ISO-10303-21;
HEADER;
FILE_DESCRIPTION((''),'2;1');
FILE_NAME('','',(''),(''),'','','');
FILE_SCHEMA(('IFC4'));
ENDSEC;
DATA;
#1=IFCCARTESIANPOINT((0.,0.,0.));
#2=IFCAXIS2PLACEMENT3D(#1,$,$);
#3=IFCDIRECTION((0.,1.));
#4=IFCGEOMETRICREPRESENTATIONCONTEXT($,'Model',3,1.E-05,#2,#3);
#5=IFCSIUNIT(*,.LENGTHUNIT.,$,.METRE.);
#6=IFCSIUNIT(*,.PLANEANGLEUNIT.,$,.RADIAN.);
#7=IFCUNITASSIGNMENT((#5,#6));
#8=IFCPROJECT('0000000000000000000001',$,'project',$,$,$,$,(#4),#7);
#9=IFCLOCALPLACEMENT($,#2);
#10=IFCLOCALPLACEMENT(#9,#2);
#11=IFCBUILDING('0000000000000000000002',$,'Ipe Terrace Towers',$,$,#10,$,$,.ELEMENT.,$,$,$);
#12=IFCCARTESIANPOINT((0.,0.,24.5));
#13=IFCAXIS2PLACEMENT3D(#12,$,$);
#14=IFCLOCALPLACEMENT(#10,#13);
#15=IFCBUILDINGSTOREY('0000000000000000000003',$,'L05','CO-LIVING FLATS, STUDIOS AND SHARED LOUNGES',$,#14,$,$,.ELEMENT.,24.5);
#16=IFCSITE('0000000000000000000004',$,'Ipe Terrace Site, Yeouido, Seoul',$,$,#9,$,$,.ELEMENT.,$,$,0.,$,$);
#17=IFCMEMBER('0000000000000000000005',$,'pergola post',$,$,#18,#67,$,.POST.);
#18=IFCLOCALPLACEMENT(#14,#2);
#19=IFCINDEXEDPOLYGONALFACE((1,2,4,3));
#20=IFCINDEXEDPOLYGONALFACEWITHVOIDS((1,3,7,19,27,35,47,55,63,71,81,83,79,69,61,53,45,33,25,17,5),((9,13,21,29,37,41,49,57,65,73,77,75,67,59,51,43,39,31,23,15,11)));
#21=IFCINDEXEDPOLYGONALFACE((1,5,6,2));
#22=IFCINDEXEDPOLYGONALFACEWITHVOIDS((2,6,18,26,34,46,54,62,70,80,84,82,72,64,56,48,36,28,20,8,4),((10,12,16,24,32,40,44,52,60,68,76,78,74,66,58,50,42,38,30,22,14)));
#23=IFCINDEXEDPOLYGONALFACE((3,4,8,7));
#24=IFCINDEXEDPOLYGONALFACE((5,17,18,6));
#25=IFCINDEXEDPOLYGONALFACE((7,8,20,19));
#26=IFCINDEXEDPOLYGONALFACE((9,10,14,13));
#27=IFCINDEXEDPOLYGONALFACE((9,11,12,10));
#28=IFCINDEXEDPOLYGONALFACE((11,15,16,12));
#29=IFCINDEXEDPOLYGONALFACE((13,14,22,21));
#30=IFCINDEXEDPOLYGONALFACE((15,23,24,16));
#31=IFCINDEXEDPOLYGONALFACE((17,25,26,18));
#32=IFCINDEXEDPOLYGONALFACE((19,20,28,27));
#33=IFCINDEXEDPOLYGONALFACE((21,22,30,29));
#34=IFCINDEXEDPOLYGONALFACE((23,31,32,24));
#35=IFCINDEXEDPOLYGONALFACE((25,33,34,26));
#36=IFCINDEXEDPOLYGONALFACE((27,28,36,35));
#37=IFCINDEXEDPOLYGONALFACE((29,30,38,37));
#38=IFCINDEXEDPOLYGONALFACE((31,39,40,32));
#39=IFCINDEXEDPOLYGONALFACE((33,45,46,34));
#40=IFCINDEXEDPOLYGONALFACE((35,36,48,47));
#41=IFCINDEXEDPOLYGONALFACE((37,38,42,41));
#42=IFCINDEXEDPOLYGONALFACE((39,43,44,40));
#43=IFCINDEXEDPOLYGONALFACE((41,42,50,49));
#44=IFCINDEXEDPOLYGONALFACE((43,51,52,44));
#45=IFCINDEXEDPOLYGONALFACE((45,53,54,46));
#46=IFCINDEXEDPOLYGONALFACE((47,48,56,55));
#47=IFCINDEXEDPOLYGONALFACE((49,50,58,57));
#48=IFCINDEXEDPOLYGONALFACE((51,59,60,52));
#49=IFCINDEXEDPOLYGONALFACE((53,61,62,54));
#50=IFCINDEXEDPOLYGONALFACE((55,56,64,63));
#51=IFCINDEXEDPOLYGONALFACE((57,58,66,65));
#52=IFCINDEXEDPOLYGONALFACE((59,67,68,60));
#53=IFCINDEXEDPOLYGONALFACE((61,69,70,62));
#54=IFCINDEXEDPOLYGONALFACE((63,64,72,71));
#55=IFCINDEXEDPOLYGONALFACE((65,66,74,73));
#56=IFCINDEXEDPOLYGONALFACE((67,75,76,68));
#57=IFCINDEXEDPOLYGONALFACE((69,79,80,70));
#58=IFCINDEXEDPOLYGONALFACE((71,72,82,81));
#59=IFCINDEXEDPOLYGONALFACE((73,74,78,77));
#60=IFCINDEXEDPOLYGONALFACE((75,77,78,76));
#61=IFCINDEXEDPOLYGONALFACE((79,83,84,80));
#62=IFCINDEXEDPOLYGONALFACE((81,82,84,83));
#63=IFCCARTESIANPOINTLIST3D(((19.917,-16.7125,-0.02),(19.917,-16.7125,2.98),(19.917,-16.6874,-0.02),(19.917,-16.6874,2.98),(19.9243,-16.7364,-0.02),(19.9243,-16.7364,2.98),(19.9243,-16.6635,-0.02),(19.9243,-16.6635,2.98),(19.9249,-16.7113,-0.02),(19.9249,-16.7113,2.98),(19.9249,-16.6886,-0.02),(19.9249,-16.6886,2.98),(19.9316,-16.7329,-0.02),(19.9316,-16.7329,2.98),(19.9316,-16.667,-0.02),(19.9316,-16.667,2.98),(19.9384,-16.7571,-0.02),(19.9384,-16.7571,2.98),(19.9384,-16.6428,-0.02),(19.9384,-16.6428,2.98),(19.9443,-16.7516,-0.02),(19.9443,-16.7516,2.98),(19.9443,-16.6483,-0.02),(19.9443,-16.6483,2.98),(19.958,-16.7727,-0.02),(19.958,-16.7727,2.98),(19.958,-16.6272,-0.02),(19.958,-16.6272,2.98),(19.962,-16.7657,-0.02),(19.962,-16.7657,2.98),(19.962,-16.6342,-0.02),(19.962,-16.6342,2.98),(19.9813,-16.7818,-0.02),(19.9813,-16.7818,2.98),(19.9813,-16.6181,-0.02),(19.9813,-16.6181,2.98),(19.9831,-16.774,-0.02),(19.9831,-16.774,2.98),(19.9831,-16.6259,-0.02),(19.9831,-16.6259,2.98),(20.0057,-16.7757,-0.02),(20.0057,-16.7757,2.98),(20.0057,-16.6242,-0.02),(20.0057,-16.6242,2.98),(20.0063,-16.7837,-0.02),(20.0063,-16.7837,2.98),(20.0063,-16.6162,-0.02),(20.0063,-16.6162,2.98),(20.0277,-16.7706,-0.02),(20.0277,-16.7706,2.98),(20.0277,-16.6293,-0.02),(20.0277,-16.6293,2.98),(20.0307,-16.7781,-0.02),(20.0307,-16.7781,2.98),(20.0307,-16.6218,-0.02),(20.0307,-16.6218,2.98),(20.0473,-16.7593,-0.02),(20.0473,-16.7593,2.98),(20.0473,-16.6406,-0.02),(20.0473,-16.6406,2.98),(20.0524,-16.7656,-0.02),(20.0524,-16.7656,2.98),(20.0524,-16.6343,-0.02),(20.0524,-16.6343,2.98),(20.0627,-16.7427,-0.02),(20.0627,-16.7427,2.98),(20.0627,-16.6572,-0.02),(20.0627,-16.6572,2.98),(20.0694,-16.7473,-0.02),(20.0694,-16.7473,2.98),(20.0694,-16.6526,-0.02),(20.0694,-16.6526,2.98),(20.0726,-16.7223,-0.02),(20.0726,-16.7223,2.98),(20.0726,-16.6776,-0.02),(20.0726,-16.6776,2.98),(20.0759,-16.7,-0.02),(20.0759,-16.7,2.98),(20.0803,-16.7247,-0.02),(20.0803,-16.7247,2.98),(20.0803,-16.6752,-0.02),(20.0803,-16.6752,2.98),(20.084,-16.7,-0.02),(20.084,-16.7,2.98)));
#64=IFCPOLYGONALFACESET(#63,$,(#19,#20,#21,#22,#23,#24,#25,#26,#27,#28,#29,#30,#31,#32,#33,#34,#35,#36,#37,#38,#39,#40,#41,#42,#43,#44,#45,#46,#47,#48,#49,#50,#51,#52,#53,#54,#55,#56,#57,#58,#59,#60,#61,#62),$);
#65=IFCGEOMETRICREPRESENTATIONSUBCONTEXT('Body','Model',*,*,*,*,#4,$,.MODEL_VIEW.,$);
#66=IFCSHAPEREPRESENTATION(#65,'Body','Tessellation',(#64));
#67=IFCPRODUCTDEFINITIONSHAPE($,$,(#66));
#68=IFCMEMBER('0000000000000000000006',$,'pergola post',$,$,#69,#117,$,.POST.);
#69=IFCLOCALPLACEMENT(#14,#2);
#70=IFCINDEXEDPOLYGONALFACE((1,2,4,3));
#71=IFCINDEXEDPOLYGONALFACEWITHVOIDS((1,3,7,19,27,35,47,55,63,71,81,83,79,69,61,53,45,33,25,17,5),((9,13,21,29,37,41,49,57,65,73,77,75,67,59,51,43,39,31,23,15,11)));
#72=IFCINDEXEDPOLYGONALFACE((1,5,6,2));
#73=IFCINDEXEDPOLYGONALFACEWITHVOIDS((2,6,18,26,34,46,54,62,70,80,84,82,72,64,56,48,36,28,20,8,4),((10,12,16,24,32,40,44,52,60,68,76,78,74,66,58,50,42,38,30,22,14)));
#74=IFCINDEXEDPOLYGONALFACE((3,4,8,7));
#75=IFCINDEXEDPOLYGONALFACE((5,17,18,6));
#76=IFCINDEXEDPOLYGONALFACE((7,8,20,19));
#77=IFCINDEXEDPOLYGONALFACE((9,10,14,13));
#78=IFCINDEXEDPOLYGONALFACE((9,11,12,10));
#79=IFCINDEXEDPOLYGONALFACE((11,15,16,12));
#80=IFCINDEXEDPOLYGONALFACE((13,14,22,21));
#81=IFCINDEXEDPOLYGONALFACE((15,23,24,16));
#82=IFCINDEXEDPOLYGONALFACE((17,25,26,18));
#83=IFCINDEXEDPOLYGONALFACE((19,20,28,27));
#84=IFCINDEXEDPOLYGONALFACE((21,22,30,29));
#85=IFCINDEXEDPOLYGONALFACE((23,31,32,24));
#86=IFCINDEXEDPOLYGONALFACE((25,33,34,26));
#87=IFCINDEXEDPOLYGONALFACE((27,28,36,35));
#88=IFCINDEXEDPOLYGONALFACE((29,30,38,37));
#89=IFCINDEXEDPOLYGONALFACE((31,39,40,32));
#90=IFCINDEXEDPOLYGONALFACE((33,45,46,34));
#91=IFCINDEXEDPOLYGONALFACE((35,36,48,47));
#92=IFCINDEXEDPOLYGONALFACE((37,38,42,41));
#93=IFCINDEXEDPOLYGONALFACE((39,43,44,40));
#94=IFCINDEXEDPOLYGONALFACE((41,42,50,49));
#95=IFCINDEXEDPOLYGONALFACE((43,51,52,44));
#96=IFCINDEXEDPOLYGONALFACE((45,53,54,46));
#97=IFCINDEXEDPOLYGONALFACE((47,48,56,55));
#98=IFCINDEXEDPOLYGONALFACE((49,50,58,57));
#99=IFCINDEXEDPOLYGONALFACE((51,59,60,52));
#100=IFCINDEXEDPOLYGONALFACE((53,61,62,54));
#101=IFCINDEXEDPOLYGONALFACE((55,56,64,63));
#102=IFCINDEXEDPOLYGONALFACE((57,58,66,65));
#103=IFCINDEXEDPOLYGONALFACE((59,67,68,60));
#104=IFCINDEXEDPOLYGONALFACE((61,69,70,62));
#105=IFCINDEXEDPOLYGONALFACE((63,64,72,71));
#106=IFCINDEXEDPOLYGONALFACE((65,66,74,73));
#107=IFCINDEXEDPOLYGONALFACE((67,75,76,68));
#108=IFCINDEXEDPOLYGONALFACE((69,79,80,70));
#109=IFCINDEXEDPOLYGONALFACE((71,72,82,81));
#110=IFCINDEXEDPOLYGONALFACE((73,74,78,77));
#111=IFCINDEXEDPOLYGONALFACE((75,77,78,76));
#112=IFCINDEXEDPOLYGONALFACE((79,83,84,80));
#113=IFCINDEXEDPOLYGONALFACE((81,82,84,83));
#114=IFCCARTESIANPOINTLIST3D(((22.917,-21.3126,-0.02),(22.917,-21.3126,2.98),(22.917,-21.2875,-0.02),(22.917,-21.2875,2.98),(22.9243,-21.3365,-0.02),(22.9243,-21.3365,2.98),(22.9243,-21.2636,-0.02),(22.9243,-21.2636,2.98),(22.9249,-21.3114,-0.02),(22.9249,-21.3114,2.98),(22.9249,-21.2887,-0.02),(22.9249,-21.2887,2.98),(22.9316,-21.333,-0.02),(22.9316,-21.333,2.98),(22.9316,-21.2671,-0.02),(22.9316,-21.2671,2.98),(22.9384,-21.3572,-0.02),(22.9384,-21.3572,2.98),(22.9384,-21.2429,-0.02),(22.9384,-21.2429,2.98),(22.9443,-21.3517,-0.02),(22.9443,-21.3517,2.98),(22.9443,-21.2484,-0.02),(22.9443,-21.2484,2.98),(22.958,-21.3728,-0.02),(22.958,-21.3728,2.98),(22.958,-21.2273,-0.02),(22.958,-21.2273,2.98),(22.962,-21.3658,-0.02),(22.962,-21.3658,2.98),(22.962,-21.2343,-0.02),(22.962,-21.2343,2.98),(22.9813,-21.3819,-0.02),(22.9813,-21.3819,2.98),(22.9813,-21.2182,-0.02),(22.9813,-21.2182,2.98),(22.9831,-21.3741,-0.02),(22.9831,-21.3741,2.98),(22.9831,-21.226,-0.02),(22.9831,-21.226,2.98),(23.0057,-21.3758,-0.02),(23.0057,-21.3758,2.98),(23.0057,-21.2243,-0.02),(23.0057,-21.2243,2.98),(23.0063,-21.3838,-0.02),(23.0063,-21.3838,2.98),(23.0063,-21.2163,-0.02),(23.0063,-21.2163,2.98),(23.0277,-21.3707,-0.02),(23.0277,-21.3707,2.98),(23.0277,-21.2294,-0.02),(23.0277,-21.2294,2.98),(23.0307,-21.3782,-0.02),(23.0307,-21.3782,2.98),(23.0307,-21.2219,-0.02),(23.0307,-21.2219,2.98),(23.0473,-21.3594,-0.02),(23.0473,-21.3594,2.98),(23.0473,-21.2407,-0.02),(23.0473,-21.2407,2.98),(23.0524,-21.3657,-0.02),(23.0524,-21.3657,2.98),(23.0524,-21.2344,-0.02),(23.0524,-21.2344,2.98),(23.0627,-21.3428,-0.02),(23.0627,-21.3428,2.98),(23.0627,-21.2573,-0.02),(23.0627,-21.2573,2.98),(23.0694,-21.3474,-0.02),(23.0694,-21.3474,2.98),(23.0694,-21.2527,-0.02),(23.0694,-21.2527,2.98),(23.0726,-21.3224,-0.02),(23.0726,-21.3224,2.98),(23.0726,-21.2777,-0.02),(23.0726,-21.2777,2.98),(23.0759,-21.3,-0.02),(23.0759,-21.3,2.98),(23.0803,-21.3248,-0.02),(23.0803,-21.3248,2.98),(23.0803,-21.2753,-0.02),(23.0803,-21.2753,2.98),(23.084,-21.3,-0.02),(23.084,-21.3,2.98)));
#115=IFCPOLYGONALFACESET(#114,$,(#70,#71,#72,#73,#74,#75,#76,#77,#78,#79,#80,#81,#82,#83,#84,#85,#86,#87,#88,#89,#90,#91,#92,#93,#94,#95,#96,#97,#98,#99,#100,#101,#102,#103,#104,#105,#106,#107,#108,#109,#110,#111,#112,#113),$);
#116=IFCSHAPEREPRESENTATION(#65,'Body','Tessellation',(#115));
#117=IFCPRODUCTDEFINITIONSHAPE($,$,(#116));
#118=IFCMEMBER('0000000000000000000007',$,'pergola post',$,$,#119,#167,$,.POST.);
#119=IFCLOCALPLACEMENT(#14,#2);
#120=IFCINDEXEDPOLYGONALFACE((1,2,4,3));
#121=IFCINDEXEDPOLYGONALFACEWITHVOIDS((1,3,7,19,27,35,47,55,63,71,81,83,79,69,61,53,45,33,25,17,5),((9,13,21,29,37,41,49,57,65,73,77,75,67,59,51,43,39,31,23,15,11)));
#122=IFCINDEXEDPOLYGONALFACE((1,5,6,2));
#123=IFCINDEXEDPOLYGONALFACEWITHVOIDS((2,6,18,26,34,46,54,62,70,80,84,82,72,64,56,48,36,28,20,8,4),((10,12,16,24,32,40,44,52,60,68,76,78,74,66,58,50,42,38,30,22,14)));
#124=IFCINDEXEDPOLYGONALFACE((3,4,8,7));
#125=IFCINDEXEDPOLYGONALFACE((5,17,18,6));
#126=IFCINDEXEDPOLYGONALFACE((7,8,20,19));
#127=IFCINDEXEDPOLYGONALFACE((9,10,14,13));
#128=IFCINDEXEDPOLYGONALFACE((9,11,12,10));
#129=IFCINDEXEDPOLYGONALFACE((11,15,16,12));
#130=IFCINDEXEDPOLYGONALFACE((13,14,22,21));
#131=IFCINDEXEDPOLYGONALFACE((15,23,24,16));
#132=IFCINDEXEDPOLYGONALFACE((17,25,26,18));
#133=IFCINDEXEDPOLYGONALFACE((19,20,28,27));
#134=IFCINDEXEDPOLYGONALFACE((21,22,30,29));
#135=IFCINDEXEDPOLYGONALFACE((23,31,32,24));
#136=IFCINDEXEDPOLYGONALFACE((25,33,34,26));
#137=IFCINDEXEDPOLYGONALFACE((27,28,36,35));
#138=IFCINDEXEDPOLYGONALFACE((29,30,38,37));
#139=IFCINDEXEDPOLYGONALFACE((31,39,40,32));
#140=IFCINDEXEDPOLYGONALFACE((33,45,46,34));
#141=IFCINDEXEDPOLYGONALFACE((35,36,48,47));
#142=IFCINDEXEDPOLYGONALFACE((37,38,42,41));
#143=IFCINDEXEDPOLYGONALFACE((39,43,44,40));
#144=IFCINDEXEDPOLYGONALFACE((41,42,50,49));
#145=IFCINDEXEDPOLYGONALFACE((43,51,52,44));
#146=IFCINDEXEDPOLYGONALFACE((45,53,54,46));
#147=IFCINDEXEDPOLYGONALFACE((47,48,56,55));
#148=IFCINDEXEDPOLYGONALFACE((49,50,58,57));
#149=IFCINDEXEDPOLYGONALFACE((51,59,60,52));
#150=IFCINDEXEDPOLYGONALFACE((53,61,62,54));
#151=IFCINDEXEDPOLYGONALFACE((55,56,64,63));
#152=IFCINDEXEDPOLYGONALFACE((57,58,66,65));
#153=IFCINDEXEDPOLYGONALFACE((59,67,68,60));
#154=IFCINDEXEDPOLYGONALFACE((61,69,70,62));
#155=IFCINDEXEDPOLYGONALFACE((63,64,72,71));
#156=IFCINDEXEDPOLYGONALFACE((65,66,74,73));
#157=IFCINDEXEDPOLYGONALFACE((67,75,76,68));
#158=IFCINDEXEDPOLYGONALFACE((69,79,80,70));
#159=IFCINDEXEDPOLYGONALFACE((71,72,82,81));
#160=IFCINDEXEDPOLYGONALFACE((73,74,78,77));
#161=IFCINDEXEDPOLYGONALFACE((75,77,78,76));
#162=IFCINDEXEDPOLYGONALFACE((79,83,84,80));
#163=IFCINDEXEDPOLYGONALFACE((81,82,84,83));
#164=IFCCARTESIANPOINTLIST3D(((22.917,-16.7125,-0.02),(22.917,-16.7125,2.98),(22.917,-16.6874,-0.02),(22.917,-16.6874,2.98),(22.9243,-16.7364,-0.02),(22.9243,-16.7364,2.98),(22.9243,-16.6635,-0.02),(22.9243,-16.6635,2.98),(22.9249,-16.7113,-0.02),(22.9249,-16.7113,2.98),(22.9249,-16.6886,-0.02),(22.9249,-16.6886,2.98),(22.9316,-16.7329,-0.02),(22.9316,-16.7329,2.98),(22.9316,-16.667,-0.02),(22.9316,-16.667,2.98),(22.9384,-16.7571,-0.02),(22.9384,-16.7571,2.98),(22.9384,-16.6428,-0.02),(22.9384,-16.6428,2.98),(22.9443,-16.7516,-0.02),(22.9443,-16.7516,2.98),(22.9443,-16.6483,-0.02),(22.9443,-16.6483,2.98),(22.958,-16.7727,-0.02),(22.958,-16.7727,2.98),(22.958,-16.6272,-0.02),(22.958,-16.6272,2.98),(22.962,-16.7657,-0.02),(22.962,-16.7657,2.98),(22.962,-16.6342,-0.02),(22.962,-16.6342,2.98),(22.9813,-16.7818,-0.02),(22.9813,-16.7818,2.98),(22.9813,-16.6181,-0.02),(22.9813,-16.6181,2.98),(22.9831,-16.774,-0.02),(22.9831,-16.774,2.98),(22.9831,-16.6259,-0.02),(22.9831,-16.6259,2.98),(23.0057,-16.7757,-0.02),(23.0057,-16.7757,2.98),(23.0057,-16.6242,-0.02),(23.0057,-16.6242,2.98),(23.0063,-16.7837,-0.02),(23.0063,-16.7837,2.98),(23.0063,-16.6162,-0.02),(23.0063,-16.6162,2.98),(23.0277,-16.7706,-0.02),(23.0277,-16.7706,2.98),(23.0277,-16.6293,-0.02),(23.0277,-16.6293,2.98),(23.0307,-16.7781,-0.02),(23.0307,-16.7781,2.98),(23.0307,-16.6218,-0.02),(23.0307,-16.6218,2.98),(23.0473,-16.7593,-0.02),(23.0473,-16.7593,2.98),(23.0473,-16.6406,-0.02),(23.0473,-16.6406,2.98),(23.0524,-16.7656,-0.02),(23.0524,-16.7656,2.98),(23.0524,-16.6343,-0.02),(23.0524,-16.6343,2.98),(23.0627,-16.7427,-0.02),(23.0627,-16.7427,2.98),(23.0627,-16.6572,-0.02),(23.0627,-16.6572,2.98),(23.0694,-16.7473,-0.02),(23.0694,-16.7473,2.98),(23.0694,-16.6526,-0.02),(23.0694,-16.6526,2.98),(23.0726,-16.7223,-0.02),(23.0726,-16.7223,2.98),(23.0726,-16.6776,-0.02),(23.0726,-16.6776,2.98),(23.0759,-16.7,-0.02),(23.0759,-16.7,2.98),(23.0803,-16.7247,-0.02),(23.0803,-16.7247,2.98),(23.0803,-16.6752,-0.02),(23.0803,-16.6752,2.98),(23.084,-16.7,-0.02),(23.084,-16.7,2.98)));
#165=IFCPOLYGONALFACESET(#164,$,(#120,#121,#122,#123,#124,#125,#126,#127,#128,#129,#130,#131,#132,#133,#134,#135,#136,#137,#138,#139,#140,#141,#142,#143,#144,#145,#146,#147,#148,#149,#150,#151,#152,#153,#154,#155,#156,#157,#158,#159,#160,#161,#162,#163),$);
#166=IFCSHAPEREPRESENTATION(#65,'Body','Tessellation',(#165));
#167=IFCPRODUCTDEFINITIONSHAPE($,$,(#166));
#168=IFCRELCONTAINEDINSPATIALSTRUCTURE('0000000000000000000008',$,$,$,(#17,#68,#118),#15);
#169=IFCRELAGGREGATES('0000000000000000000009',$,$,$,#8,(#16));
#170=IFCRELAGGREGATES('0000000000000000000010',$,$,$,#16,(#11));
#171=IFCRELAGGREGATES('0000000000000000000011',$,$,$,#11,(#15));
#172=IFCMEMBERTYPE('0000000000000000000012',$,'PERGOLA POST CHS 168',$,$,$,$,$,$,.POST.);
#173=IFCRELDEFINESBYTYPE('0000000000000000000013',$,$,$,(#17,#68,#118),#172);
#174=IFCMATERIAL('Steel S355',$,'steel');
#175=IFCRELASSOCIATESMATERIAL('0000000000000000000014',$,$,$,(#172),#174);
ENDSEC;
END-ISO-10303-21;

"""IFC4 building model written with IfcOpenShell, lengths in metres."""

from ifc_helpers import new_model, si_unit, direction, frame, origin, origin_2d, place, context, subcontext, project, spatial, hollow_circle, extrude, material, material_profile, profile_set, type_object, element, save


model = new_model("IFC4")

# Units and contexts
model_context = context("Model", 3, precision=1e-05, world=origin(), true_north=direction((0.0, 1.0)))
body_context = subcontext(model_context, "Body", "Model", "MODEL_VIEW")
ifc_project = project(units=[si_unit("LENGTHUNIT", "METRE"), si_unit("PLANEANGLEUNIT", "RADIAN")], contexts=[model_context])

# Site, building, storey
site_placement = place(None, origin())
site = spatial("IfcSite", under=ifc_project, at=site_placement, Name="Ipe Terrace Site, Yeouido, Seoul", CompositionType="ELEMENT", RefElevation=0.0)
building_placement = place(site_placement, origin())
building = spatial("IfcBuilding", under=site, at=building_placement, Name="Ipe Terrace Towers", CompositionType="ELEMENT")
storey_placement = place(building_placement, frame((0.0, 0.0, 24.5)))
storey = spatial("IfcBuildingStorey", under=building, at=storey_placement, Name="L05", Description="CO-LIVING FLATS, STUDIOS AND SHARED LOUNGES", CompositionType="ELEMENT", Elevation=24.5)

# Members
ifc_material_1 = material(Name="Steel S355", Category="steel")
ifc_material_profile_1 = material_profile(ifc_material_1, hollow_circle(Radius=0.084, WallThickness=0.0081, at=origin_2d()), Name="PERGOLA POST CHS 168")
ifc_profile_set_1 = profile_set([ifc_material_profile_1], Name="Steel S355")
member_type_1 = type_object("IfcMemberType", Name="PERGOLA POST CHS 168", PredefinedType="POST", material=ifc_profile_set_1)
for number, where, z_axis, x_axis, name in (
    (1, (20.0, -16.7, -0.02), (0.0, 0.0, 1.0), (1.0, 0.0, 0.0), "pergola post"),
    (2, (23.0, -21.3, -0.02), (0.0, 0.0, 1.0), (1.0, 0.0, 0.0), "pergola post"),
    (3, (23.0, -16.7, -0.02), (0.0, 0.0, 1.0), (1.0, 0.0, 0.0), "pergola post"),
):
    element("IfcMember", number, at=place(storey_placement, frame(where, z_axis=z_axis, x_axis=x_axis)), inside=storey, type_object=member_type_1, Name=name, PredefinedType="POST", context=body_context, shape_type="SweptSolid", body=[
        extrude(hollow_circle(Radius=0.084, WallThickness=0.0081, at=origin_2d()), origin(), (0.0, 0.0, 1.0), 3.0),
    ])

save(model, "model.ifc")
